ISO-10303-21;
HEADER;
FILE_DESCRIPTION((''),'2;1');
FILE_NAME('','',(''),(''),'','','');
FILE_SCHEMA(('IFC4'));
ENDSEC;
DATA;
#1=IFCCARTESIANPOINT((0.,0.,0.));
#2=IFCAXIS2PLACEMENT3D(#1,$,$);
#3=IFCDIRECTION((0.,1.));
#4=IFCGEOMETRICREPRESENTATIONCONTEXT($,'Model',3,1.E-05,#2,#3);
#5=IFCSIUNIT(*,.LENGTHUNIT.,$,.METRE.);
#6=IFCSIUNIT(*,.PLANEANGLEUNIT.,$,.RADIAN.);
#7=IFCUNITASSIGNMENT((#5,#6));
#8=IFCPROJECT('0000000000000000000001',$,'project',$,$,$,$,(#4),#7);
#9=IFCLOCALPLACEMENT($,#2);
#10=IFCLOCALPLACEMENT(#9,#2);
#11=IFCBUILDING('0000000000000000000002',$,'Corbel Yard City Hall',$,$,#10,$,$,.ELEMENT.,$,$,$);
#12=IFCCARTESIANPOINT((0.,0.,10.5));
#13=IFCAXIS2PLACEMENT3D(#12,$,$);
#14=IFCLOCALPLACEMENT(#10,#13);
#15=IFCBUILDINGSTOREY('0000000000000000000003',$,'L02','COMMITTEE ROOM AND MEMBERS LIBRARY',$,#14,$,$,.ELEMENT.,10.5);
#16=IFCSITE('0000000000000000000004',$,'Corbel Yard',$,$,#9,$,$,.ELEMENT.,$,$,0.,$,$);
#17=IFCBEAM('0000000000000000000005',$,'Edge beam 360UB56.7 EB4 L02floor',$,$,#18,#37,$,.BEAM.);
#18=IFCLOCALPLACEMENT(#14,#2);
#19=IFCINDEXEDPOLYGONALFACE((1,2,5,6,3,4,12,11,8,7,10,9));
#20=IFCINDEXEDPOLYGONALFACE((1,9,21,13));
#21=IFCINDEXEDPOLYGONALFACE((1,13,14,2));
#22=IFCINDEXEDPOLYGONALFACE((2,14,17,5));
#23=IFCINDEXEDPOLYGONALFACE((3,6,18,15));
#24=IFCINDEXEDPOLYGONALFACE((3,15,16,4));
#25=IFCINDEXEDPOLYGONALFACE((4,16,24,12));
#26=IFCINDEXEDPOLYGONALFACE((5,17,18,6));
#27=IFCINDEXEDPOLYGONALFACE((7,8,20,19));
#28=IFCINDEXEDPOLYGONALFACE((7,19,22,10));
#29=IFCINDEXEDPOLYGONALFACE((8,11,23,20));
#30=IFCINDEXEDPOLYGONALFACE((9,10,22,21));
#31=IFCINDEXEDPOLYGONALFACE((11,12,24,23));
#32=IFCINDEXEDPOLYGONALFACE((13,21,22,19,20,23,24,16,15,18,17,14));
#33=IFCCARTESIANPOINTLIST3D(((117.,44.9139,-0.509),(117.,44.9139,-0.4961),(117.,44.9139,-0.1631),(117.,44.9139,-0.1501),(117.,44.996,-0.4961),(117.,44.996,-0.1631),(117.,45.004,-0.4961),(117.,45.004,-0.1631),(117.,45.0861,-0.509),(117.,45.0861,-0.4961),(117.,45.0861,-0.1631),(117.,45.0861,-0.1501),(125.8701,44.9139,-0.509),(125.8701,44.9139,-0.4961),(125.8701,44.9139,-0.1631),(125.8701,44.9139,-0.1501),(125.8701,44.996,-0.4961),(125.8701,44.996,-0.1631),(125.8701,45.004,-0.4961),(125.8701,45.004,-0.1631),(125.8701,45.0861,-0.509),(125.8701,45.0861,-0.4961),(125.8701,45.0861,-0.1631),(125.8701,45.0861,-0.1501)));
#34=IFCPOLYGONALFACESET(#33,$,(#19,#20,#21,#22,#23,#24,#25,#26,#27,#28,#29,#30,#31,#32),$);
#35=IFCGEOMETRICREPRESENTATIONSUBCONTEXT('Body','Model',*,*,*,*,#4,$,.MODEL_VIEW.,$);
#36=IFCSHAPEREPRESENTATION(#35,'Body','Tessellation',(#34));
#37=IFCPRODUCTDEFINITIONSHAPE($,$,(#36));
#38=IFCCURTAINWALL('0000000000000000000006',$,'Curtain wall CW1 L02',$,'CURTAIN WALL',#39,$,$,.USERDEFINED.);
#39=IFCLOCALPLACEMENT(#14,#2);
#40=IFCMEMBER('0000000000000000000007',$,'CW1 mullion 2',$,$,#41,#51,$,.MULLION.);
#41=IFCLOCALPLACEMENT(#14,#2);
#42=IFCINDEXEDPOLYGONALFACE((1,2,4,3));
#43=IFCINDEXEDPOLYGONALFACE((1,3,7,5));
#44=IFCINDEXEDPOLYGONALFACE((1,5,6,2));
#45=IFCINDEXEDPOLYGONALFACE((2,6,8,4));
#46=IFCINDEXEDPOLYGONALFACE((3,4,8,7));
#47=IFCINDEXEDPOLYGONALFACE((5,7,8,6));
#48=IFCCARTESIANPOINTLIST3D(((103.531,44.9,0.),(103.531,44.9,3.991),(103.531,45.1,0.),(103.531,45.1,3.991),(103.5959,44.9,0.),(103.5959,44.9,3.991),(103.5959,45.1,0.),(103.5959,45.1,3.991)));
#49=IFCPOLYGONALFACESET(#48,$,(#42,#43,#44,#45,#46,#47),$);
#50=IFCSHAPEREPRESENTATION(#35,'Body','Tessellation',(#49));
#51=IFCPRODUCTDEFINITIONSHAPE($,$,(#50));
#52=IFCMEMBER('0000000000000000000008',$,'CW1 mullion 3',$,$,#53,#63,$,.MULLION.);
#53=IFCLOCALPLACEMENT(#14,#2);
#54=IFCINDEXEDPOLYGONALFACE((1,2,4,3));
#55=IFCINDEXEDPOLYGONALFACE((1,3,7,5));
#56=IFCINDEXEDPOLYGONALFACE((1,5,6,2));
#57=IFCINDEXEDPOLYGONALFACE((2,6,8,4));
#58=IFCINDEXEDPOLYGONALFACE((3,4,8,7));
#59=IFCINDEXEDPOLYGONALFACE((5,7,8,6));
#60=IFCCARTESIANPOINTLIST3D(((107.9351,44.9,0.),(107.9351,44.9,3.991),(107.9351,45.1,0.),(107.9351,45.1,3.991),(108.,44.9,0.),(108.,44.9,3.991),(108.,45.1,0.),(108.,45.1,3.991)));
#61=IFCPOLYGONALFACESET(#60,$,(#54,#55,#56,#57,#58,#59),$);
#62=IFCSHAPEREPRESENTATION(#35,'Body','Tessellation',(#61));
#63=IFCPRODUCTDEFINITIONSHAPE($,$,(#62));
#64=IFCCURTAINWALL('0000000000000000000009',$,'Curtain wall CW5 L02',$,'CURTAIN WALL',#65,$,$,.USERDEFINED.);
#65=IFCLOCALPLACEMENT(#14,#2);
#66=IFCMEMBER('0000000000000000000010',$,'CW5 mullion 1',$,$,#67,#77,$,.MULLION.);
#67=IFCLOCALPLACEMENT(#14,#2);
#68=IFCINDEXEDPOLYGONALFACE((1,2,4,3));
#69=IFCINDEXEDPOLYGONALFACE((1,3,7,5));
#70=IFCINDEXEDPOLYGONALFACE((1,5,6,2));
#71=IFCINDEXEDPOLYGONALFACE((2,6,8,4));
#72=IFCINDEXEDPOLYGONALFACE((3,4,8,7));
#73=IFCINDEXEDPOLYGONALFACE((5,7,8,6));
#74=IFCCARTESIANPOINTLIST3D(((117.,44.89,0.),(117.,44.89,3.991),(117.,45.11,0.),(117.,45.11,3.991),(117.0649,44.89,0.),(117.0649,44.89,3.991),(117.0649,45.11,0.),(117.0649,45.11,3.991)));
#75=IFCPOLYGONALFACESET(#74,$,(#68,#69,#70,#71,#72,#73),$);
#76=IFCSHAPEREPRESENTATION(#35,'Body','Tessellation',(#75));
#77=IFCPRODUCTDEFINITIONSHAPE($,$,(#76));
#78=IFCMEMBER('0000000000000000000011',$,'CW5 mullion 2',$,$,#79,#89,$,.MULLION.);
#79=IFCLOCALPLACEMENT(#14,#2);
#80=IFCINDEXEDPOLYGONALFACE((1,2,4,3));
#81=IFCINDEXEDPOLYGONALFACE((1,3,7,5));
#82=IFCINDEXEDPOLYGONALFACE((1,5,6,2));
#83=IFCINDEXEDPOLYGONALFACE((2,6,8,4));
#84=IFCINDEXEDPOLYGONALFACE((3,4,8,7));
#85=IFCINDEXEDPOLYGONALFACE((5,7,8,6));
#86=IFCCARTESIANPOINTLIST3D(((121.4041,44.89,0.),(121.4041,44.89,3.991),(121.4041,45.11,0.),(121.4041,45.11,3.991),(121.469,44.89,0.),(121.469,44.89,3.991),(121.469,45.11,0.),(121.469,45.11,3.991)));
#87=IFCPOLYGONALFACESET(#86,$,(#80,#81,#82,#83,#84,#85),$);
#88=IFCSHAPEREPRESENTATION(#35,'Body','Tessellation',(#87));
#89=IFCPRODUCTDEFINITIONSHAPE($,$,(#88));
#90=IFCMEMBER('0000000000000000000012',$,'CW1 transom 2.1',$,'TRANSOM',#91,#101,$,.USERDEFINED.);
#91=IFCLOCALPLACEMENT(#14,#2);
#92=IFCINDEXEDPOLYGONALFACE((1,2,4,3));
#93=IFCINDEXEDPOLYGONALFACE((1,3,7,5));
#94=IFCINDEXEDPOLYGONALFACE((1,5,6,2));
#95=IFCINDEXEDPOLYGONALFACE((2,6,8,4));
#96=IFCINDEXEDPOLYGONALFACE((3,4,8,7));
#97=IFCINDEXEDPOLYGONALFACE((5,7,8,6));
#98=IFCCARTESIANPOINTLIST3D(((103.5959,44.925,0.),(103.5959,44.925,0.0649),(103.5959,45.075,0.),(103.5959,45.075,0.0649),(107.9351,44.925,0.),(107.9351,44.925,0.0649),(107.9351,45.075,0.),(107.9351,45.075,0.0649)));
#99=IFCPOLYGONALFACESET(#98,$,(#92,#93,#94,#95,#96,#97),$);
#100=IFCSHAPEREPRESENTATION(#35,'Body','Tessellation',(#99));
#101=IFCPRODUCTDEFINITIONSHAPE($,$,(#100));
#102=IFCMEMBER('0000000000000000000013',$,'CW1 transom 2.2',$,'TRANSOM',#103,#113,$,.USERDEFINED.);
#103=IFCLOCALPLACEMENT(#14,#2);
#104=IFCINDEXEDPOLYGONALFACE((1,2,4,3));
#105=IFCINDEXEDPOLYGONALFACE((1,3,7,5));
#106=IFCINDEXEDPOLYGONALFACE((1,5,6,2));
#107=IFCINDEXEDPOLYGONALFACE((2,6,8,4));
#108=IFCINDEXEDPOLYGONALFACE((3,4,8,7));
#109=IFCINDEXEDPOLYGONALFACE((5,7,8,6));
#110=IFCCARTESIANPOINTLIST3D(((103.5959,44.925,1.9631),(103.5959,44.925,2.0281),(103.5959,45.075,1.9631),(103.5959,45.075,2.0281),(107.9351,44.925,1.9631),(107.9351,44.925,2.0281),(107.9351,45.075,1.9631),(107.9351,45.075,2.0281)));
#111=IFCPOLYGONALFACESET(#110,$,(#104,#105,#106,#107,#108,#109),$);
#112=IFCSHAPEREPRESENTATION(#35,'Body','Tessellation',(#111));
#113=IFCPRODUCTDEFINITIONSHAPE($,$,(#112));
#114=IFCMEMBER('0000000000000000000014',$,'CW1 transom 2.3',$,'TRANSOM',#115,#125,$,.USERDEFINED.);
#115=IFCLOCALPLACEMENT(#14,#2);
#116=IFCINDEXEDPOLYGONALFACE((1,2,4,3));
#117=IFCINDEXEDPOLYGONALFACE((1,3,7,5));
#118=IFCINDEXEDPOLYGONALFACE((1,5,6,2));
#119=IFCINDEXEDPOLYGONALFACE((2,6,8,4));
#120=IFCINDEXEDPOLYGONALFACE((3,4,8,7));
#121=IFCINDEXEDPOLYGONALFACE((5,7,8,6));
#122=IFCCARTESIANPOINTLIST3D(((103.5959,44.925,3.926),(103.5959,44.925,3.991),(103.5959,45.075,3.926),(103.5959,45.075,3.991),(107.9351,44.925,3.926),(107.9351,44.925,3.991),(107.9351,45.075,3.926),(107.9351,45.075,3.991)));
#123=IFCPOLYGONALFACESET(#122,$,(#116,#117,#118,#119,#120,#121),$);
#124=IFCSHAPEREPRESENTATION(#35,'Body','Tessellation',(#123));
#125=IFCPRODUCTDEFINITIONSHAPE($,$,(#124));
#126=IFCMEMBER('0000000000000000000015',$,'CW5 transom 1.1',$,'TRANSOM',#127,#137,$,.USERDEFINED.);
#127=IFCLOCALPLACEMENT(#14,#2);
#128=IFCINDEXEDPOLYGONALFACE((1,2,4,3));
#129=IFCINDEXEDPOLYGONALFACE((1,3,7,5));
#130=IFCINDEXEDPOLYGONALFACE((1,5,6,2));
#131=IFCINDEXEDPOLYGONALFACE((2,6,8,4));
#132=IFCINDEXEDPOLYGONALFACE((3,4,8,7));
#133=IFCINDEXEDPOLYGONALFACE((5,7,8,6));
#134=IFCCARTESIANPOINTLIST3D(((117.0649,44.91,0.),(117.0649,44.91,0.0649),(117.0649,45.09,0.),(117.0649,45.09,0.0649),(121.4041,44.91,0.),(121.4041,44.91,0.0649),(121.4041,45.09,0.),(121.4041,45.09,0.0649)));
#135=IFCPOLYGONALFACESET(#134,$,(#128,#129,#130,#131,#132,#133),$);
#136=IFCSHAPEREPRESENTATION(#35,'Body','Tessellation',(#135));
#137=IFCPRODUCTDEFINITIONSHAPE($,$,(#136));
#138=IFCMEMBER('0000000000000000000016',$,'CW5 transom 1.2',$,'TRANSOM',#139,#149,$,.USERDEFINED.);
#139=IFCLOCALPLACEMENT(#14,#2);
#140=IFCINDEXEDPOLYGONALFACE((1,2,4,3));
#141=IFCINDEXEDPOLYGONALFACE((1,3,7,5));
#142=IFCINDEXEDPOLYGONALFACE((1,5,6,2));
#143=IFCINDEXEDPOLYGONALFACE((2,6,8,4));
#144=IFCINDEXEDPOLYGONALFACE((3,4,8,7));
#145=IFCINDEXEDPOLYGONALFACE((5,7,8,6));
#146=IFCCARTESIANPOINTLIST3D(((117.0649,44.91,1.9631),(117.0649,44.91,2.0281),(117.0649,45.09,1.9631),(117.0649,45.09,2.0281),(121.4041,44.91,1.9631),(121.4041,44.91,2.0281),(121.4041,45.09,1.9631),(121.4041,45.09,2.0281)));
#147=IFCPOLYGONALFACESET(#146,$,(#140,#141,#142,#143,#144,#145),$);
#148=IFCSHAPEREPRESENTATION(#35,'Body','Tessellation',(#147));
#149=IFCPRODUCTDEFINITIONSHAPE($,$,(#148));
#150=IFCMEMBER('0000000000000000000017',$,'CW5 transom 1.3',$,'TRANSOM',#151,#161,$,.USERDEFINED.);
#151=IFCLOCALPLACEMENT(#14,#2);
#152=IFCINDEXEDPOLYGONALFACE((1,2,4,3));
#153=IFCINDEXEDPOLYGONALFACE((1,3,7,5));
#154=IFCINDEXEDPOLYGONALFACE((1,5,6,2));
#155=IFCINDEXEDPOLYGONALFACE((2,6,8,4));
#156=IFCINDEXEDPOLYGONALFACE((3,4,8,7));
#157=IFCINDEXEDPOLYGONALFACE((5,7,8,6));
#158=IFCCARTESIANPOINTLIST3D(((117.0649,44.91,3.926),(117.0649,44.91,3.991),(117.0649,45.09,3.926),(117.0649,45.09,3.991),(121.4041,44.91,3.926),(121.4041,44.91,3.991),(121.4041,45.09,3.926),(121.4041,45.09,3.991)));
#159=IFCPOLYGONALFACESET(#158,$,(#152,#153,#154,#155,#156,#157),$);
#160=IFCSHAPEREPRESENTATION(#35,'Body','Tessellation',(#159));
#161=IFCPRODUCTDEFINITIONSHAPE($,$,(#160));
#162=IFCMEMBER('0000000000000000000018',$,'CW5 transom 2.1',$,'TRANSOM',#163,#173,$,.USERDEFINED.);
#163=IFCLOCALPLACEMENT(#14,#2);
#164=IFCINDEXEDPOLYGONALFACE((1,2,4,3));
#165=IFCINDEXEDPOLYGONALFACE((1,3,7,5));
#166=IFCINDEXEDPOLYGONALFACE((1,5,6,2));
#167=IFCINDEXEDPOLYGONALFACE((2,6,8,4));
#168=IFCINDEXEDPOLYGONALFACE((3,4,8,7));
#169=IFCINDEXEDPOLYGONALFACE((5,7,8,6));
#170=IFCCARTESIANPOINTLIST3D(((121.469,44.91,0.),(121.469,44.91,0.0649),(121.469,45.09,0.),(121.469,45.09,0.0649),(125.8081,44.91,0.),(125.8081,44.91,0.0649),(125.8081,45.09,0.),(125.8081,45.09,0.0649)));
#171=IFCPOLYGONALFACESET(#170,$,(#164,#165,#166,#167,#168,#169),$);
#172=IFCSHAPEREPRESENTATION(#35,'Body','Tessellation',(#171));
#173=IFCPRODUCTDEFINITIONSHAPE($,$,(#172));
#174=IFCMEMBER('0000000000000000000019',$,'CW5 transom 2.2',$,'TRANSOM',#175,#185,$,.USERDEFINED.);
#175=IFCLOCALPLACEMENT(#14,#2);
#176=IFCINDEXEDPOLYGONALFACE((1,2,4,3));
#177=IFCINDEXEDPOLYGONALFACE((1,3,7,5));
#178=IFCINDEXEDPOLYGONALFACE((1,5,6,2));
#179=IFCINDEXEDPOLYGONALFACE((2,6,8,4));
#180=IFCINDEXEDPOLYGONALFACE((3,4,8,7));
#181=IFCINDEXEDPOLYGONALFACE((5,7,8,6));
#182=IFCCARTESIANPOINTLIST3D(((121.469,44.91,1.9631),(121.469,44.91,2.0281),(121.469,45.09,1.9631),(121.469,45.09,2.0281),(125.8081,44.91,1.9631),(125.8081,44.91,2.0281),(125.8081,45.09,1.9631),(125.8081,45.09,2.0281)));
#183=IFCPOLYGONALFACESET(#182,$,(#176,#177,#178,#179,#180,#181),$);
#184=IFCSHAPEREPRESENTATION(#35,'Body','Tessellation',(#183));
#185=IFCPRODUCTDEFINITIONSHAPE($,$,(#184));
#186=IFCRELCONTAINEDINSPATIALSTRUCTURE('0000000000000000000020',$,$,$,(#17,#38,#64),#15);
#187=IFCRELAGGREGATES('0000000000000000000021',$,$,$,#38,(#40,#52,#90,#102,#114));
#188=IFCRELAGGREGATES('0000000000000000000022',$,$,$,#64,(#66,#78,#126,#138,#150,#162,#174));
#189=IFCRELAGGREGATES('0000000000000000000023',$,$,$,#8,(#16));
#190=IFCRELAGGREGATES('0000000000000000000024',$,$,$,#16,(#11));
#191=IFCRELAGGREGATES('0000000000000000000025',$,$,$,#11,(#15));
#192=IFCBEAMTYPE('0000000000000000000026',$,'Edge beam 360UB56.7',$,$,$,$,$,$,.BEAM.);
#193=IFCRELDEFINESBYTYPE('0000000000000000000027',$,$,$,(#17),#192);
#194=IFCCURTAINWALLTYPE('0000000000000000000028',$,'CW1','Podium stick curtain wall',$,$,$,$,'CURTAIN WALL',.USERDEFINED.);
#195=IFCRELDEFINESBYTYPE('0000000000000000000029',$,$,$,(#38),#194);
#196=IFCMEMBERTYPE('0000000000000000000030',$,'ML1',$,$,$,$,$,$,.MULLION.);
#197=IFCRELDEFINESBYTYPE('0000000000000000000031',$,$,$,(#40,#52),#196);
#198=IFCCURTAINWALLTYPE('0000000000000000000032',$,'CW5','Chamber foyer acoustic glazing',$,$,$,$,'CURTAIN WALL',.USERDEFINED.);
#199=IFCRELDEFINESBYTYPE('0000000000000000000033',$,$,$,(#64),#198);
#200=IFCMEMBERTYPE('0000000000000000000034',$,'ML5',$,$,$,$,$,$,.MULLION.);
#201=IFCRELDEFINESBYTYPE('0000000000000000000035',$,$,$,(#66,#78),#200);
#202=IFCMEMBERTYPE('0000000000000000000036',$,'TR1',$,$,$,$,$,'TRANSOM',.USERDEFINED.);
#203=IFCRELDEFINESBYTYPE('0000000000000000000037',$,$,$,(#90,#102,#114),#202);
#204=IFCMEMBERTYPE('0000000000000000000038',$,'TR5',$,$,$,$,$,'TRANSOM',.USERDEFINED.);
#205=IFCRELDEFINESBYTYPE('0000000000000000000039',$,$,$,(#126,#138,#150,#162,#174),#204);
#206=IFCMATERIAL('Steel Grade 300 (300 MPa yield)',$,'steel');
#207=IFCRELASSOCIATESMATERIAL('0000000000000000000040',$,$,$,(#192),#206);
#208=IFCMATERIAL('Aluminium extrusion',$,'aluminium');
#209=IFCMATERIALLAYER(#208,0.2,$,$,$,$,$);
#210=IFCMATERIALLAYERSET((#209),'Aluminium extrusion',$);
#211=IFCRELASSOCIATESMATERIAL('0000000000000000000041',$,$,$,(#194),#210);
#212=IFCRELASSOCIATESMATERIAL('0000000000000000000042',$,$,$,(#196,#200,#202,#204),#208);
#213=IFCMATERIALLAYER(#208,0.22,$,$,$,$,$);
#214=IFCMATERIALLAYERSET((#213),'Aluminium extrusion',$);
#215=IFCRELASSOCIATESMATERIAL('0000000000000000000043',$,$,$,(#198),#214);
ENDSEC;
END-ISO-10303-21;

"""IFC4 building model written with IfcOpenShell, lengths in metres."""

from ifc_helpers import new_model, si_unit, direction, frame, origin, origin_2d, place, context, subcontext, project, spatial, rectangle, i_section, extrude, material, layer, layer_set, material_profile, profile_set, type_object, element, aggregate, save


model = new_model("IFC4")

# Units and contexts
model_context = context("Model", 3, precision=1e-05, world=origin(), true_north=direction((0.0, 1.0)))
body_context = subcontext(model_context, "Body", "Model", "MODEL_VIEW")
ifc_project = project(units=[si_unit("LENGTHUNIT", "METRE"), si_unit("PLANEANGLEUNIT", "RADIAN")], contexts=[model_context])

# Site, building, storey
site_placement = place(None, origin())
site = spatial("IfcSite", under=ifc_project, at=site_placement, Name="Corbel Yard", CompositionType="ELEMENT", RefElevation=0.0)
building_placement = place(site_placement, origin())
building = spatial("IfcBuilding", under=site, at=building_placement, Name="Corbel Yard City Hall", CompositionType="ELEMENT")
storey_placement = place(building_placement, frame((0.0, 0.0, 10.5)))
storey = spatial("IfcBuildingStorey", under=building, at=storey_placement, Name="L02", Description="COMMITTEE ROOM AND MEMBERS LIBRARY", CompositionType="ELEMENT", Elevation=10.5)

# Beam
ifc_material_1 = material(Name="Steel Grade 300 (300 MPa yield)", Category="steel")
ifc_material_profile_1 = material_profile(ifc_material_1, i_section(OverallWidth=0.1721, OverallDepth=0.3589, WebThickness=0.0081, FlangeThickness=0.0129, at=origin_2d()), Name="360UB56.7")
ifc_profile_set_1 = profile_set([ifc_material_profile_1], Name="Steel Grade 300 (300 MPa yield)")
beam_type = type_object("IfcBeamType", Name="Edge beam 360UB56.7", PredefinedType="BEAM", material=ifc_profile_set_1)
beam_placement = place(storey_placement, frame((117.0, 45.0, -0.3296), z_axis=(1.0, 0.0, 0.0), x_axis=(0.0, 1.0, 0.0)))
element("IfcBeam", 1, at=beam_placement, inside=storey, type_object=beam_type, Name="Edge beam 360UB56.7 EB4 L02floor", PredefinedType="BEAM", context=body_context, shape_type="SweptSolid", body=[
    extrude(i_section(OverallWidth=0.1721, OverallDepth=0.3589, WebThickness=0.0081, FlangeThickness=0.0129, at=origin_2d()), origin(), (0.0, 0.0, 1.0), 8.8701),
])

# Curtain walls, members
ifc_material_2 = material(Name="Aluminium extrusion", Category="aluminium")
ifc_layer_1 = layer(ifc_material_2, 0.2)
ifc_layer_set_1 = layer_set([ifc_layer_1], Name="Aluminium extrusion")
curtain_wall_type_1 = type_object("IfcCurtainWallType", Name="CW1", Description="Podium stick curtain wall", ElementType="CURTAIN WALL", PredefinedType="USERDEFINED", material=ifc_layer_set_1)
curtain_wall_1_placement = place(storey_placement, origin())
curtain_wall_1 = element("IfcCurtainWall", 2, at=curtain_wall_1_placement, inside=storey, type_object=curtain_wall_type_1, Name="Curtain wall CW1 L02", ObjectType="CURTAIN WALL", PredefinedType="USERDEFINED")
ifc_material_profile_2 = material_profile(ifc_material_2, rectangle(XDim=0.2, YDim=0.0649, at=origin_2d()), Name="200x65")
ifc_profile_set_2 = profile_set([ifc_material_profile_2], Name="Aluminium extrusion")
member_type_1 = type_object("IfcMemberType", Name="ML1", PredefinedType="MULLION", material=ifc_profile_set_2)
member_1_placement = place(storey_placement, frame((103.5635, 45.0, 0.0), z_axis=(0.0, 0.0, 1.0), x_axis=(0.0, 1.0, 0.0)))
member_1 = element("IfcMember", 3, at=member_1_placement, type_object=member_type_1, Name="CW1 mullion 2", PredefinedType="MULLION", context=body_context, shape_type="SweptSolid", body=[
    extrude(rectangle(XDim=0.2, YDim=0.0649, at=origin_2d()), origin(), (0.0, 0.0, 1.0), 3.991),
])
member_2_placement = place(storey_placement, frame((107.9675, 45.0, 0.0), z_axis=(0.0, 0.0, 1.0), x_axis=(0.0, 1.0, 0.0)))
member_2 = element("IfcMember", 4, at=member_2_placement, type_object=member_type_1, Name="CW1 mullion 3", PredefinedType="MULLION", context=body_context, shape_type="SweptSolid", body=[
    extrude(rectangle(XDim=0.2, YDim=0.0649, at=origin_2d()), origin(), (0.0, 0.0, 1.0), 3.991),
])
ifc_layer_2 = layer(ifc_material_2, 0.22)
ifc_layer_set_2 = layer_set([ifc_layer_2], Name="Aluminium extrusion")
curtain_wall_type_2 = type_object("IfcCurtainWallType", Name="CW5", Description="Chamber foyer acoustic glazing", ElementType="CURTAIN WALL", PredefinedType="USERDEFINED", material=ifc_layer_set_2)
curtain_wall_2_placement = place(storey_placement, origin())
curtain_wall_2 = element("IfcCurtainWall", 5, at=curtain_wall_2_placement, inside=storey, type_object=curtain_wall_type_2, Name="Curtain wall CW5 L02", ObjectType="CURTAIN WALL", PredefinedType="USERDEFINED")
ifc_material_profile_3 = material_profile(ifc_material_2, rectangle(XDim=0.22, YDim=0.0649, at=origin_2d()), Name="220x65")
ifc_profile_set_3 = profile_set([ifc_material_profile_3], Name="Aluminium extrusion")
member_type_2 = type_object("IfcMemberType", Name="ML5", PredefinedType="MULLION", material=ifc_profile_set_3)
member_3_placement = place(storey_placement, frame((117.0325, 45.0, 0.0), z_axis=(0.0, 0.0, 1.0), x_axis=(0.0, 1.0, 0.0)))
member_3 = element("IfcMember", 6, at=member_3_placement, type_object=member_type_2, Name="CW5 mullion 1", PredefinedType="MULLION", context=body_context, shape_type="SweptSolid", body=[
    extrude(rectangle(XDim=0.22, YDim=0.0649, at=origin_2d()), origin(), (0.0, 0.0, 1.0), 3.991),
])
member_4_placement = place(storey_placement, frame((121.4365, 45.0, 0.0), z_axis=(0.0, 0.0, 1.0), x_axis=(0.0, 1.0, 0.0)))
member_4 = element("IfcMember", 7, at=member_4_placement, type_object=member_type_2, Name="CW5 mullion 2", PredefinedType="MULLION", context=body_context, shape_type="SweptSolid", body=[
    extrude(rectangle(XDim=0.22, YDim=0.0649, at=origin_2d()), origin(), (0.0, 0.0, 1.0), 3.991),
])

# Members
ifc_material_profile_4 = material_profile(ifc_material_2, rectangle(XDim=0.1499, YDim=0.0649, at=origin_2d()), Name="150x65")
ifc_profile_set_4 = profile_set([ifc_material_profile_4], Name="Aluminium extrusion")
member_type_3 = type_object("IfcMemberType", Name="TR1", ElementType="TRANSOM", PredefinedType="USERDEFINED", material=ifc_profile_set_4)
member_5_placement = place(storey_placement, frame((103.5959, 45.0, 0.0325), z_axis=(1.0, 0.0, 0.0), x_axis=(0.0, 1.0, 0.0)))
member_5 = element("IfcMember", 8, at=member_5_placement, type_object=member_type_3, Name="CW1 transom 2.1", ObjectType="TRANSOM", PredefinedType="USERDEFINED", context=body_context, shape_type="SweptSolid", body=[
    extrude(rectangle(XDim=0.1499, YDim=0.0649, at=origin_2d()), origin(), (0.0, 0.0, 1.0), 4.3391),
])
member_6_placement = place(storey_placement, frame((103.5959, 45.0, 1.9956), z_axis=(1.0, 0.0, 0.0), x_axis=(0.0, 1.0, 0.0)))
member_6 = element("IfcMember", 9, at=member_6_placement, type_object=member_type_3, Name="CW1 transom 2.2", ObjectType="TRANSOM", PredefinedType="USERDEFINED", context=body_context, shape_type="SweptSolid", body=[
    extrude(rectangle(XDim=0.1499, YDim=0.0649, at=origin_2d()), origin(), (0.0, 0.0, 1.0), 4.3391),
])
member_7_placement = place(storey_placement, frame((103.5959, 45.0, 3.9585), z_axis=(1.0, 0.0, 0.0), x_axis=(0.0, 1.0, 0.0)))
member_7 = element("IfcMember", 10, at=member_7_placement, type_object=member_type_3, Name="CW1 transom 2.3", ObjectType="TRANSOM", PredefinedType="USERDEFINED", context=body_context, shape_type="SweptSolid", body=[
    extrude(rectangle(XDim=0.1499, YDim=0.0649, at=origin_2d()), origin(), (0.0, 0.0, 1.0), 4.3391),
])
ifc_material_profile_5 = material_profile(ifc_material_2, rectangle(XDim=0.1799, YDim=0.0649, at=origin_2d()), Name="180x65")
ifc_profile_set_5 = profile_set([ifc_material_profile_5], Name="Aluminium extrusion")
member_type_4 = type_object("IfcMemberType", Name="TR5", ElementType="TRANSOM", PredefinedType="USERDEFINED", material=ifc_profile_set_5)
member_8_placement = place(storey_placement, frame((117.0649, 45.0, 0.0325), z_axis=(1.0, 0.0, 0.0), x_axis=(0.0, 1.0, 0.0)))
member_8 = element("IfcMember", 11, at=member_8_placement, type_object=member_type_4, Name="CW5 transom 1.1", ObjectType="TRANSOM", PredefinedType="USERDEFINED", context=body_context, shape_type="SweptSolid", body=[
    extrude(rectangle(XDim=0.1799, YDim=0.0649, at=origin_2d()), origin(), (0.0, 0.0, 1.0), 4.3391),
])
member_9_placement = place(storey_placement, frame((117.0649, 45.0, 1.9956), z_axis=(1.0, 0.0, 0.0), x_axis=(0.0, 1.0, 0.0)))
member_9 = element("IfcMember", 12, at=member_9_placement, type_object=member_type_4, Name="CW5 transom 1.2", ObjectType="TRANSOM", PredefinedType="USERDEFINED", context=body_context, shape_type="SweptSolid", body=[
    extrude(rectangle(XDim=0.1799, YDim=0.0649, at=origin_2d()), origin(), (0.0, 0.0, 1.0), 4.3391),
])
member_10_placement = place(storey_placement, frame((117.0649, 45.0, 3.9585), z_axis=(1.0, 0.0, 0.0), x_axis=(0.0, 1.0, 0.0)))
member_10 = element("IfcMember", 13, at=member_10_placement, type_object=member_type_4, Name="CW5 transom 1.3", ObjectType="TRANSOM", PredefinedType="USERDEFINED", context=body_context, shape_type="SweptSolid", body=[
    extrude(rectangle(XDim=0.1799, YDim=0.0649, at=origin_2d()), origin(), (0.0, 0.0, 1.0), 4.3391),
])
member_11_placement = place(storey_placement, frame((121.469, 45.0, 0.0325), z_axis=(1.0, 0.0, 0.0), x_axis=(0.0, 1.0, 0.0)))
member_11 = element("IfcMember", 14, at=member_11_placement, type_object=member_type_4, Name="CW5 transom 2.1", ObjectType="TRANSOM", PredefinedType="USERDEFINED", context=body_context, shape_type="SweptSolid", body=[
    extrude(rectangle(XDim=0.1799, YDim=0.0649, at=origin_2d()), origin(), (0.0, 0.0, 1.0), 4.3391),
])
member_12_placement = place(storey_placement, frame((121.469, 45.0, 1.9956), z_axis=(1.0, 0.0, 0.0), x_axis=(0.0, 1.0, 0.0)))
member_12 = element("IfcMember", 15, at=member_12_placement, type_object=member_type_4, Name="CW5 transom 2.2", ObjectType="TRANSOM", PredefinedType="USERDEFINED", context=body_context, shape_type="SweptSolid", body=[
    extrude(rectangle(XDim=0.1799, YDim=0.0649, at=origin_2d()), origin(), (0.0, 0.0, 1.0), 4.3391),
])

aggregate(curtain_wall_1, [member_1, member_2, member_5, member_6, member_7])
aggregate(curtain_wall_2, [member_3, member_4, member_8, member_9, member_10, member_11, member_12])

save(model, "model.ifc")
